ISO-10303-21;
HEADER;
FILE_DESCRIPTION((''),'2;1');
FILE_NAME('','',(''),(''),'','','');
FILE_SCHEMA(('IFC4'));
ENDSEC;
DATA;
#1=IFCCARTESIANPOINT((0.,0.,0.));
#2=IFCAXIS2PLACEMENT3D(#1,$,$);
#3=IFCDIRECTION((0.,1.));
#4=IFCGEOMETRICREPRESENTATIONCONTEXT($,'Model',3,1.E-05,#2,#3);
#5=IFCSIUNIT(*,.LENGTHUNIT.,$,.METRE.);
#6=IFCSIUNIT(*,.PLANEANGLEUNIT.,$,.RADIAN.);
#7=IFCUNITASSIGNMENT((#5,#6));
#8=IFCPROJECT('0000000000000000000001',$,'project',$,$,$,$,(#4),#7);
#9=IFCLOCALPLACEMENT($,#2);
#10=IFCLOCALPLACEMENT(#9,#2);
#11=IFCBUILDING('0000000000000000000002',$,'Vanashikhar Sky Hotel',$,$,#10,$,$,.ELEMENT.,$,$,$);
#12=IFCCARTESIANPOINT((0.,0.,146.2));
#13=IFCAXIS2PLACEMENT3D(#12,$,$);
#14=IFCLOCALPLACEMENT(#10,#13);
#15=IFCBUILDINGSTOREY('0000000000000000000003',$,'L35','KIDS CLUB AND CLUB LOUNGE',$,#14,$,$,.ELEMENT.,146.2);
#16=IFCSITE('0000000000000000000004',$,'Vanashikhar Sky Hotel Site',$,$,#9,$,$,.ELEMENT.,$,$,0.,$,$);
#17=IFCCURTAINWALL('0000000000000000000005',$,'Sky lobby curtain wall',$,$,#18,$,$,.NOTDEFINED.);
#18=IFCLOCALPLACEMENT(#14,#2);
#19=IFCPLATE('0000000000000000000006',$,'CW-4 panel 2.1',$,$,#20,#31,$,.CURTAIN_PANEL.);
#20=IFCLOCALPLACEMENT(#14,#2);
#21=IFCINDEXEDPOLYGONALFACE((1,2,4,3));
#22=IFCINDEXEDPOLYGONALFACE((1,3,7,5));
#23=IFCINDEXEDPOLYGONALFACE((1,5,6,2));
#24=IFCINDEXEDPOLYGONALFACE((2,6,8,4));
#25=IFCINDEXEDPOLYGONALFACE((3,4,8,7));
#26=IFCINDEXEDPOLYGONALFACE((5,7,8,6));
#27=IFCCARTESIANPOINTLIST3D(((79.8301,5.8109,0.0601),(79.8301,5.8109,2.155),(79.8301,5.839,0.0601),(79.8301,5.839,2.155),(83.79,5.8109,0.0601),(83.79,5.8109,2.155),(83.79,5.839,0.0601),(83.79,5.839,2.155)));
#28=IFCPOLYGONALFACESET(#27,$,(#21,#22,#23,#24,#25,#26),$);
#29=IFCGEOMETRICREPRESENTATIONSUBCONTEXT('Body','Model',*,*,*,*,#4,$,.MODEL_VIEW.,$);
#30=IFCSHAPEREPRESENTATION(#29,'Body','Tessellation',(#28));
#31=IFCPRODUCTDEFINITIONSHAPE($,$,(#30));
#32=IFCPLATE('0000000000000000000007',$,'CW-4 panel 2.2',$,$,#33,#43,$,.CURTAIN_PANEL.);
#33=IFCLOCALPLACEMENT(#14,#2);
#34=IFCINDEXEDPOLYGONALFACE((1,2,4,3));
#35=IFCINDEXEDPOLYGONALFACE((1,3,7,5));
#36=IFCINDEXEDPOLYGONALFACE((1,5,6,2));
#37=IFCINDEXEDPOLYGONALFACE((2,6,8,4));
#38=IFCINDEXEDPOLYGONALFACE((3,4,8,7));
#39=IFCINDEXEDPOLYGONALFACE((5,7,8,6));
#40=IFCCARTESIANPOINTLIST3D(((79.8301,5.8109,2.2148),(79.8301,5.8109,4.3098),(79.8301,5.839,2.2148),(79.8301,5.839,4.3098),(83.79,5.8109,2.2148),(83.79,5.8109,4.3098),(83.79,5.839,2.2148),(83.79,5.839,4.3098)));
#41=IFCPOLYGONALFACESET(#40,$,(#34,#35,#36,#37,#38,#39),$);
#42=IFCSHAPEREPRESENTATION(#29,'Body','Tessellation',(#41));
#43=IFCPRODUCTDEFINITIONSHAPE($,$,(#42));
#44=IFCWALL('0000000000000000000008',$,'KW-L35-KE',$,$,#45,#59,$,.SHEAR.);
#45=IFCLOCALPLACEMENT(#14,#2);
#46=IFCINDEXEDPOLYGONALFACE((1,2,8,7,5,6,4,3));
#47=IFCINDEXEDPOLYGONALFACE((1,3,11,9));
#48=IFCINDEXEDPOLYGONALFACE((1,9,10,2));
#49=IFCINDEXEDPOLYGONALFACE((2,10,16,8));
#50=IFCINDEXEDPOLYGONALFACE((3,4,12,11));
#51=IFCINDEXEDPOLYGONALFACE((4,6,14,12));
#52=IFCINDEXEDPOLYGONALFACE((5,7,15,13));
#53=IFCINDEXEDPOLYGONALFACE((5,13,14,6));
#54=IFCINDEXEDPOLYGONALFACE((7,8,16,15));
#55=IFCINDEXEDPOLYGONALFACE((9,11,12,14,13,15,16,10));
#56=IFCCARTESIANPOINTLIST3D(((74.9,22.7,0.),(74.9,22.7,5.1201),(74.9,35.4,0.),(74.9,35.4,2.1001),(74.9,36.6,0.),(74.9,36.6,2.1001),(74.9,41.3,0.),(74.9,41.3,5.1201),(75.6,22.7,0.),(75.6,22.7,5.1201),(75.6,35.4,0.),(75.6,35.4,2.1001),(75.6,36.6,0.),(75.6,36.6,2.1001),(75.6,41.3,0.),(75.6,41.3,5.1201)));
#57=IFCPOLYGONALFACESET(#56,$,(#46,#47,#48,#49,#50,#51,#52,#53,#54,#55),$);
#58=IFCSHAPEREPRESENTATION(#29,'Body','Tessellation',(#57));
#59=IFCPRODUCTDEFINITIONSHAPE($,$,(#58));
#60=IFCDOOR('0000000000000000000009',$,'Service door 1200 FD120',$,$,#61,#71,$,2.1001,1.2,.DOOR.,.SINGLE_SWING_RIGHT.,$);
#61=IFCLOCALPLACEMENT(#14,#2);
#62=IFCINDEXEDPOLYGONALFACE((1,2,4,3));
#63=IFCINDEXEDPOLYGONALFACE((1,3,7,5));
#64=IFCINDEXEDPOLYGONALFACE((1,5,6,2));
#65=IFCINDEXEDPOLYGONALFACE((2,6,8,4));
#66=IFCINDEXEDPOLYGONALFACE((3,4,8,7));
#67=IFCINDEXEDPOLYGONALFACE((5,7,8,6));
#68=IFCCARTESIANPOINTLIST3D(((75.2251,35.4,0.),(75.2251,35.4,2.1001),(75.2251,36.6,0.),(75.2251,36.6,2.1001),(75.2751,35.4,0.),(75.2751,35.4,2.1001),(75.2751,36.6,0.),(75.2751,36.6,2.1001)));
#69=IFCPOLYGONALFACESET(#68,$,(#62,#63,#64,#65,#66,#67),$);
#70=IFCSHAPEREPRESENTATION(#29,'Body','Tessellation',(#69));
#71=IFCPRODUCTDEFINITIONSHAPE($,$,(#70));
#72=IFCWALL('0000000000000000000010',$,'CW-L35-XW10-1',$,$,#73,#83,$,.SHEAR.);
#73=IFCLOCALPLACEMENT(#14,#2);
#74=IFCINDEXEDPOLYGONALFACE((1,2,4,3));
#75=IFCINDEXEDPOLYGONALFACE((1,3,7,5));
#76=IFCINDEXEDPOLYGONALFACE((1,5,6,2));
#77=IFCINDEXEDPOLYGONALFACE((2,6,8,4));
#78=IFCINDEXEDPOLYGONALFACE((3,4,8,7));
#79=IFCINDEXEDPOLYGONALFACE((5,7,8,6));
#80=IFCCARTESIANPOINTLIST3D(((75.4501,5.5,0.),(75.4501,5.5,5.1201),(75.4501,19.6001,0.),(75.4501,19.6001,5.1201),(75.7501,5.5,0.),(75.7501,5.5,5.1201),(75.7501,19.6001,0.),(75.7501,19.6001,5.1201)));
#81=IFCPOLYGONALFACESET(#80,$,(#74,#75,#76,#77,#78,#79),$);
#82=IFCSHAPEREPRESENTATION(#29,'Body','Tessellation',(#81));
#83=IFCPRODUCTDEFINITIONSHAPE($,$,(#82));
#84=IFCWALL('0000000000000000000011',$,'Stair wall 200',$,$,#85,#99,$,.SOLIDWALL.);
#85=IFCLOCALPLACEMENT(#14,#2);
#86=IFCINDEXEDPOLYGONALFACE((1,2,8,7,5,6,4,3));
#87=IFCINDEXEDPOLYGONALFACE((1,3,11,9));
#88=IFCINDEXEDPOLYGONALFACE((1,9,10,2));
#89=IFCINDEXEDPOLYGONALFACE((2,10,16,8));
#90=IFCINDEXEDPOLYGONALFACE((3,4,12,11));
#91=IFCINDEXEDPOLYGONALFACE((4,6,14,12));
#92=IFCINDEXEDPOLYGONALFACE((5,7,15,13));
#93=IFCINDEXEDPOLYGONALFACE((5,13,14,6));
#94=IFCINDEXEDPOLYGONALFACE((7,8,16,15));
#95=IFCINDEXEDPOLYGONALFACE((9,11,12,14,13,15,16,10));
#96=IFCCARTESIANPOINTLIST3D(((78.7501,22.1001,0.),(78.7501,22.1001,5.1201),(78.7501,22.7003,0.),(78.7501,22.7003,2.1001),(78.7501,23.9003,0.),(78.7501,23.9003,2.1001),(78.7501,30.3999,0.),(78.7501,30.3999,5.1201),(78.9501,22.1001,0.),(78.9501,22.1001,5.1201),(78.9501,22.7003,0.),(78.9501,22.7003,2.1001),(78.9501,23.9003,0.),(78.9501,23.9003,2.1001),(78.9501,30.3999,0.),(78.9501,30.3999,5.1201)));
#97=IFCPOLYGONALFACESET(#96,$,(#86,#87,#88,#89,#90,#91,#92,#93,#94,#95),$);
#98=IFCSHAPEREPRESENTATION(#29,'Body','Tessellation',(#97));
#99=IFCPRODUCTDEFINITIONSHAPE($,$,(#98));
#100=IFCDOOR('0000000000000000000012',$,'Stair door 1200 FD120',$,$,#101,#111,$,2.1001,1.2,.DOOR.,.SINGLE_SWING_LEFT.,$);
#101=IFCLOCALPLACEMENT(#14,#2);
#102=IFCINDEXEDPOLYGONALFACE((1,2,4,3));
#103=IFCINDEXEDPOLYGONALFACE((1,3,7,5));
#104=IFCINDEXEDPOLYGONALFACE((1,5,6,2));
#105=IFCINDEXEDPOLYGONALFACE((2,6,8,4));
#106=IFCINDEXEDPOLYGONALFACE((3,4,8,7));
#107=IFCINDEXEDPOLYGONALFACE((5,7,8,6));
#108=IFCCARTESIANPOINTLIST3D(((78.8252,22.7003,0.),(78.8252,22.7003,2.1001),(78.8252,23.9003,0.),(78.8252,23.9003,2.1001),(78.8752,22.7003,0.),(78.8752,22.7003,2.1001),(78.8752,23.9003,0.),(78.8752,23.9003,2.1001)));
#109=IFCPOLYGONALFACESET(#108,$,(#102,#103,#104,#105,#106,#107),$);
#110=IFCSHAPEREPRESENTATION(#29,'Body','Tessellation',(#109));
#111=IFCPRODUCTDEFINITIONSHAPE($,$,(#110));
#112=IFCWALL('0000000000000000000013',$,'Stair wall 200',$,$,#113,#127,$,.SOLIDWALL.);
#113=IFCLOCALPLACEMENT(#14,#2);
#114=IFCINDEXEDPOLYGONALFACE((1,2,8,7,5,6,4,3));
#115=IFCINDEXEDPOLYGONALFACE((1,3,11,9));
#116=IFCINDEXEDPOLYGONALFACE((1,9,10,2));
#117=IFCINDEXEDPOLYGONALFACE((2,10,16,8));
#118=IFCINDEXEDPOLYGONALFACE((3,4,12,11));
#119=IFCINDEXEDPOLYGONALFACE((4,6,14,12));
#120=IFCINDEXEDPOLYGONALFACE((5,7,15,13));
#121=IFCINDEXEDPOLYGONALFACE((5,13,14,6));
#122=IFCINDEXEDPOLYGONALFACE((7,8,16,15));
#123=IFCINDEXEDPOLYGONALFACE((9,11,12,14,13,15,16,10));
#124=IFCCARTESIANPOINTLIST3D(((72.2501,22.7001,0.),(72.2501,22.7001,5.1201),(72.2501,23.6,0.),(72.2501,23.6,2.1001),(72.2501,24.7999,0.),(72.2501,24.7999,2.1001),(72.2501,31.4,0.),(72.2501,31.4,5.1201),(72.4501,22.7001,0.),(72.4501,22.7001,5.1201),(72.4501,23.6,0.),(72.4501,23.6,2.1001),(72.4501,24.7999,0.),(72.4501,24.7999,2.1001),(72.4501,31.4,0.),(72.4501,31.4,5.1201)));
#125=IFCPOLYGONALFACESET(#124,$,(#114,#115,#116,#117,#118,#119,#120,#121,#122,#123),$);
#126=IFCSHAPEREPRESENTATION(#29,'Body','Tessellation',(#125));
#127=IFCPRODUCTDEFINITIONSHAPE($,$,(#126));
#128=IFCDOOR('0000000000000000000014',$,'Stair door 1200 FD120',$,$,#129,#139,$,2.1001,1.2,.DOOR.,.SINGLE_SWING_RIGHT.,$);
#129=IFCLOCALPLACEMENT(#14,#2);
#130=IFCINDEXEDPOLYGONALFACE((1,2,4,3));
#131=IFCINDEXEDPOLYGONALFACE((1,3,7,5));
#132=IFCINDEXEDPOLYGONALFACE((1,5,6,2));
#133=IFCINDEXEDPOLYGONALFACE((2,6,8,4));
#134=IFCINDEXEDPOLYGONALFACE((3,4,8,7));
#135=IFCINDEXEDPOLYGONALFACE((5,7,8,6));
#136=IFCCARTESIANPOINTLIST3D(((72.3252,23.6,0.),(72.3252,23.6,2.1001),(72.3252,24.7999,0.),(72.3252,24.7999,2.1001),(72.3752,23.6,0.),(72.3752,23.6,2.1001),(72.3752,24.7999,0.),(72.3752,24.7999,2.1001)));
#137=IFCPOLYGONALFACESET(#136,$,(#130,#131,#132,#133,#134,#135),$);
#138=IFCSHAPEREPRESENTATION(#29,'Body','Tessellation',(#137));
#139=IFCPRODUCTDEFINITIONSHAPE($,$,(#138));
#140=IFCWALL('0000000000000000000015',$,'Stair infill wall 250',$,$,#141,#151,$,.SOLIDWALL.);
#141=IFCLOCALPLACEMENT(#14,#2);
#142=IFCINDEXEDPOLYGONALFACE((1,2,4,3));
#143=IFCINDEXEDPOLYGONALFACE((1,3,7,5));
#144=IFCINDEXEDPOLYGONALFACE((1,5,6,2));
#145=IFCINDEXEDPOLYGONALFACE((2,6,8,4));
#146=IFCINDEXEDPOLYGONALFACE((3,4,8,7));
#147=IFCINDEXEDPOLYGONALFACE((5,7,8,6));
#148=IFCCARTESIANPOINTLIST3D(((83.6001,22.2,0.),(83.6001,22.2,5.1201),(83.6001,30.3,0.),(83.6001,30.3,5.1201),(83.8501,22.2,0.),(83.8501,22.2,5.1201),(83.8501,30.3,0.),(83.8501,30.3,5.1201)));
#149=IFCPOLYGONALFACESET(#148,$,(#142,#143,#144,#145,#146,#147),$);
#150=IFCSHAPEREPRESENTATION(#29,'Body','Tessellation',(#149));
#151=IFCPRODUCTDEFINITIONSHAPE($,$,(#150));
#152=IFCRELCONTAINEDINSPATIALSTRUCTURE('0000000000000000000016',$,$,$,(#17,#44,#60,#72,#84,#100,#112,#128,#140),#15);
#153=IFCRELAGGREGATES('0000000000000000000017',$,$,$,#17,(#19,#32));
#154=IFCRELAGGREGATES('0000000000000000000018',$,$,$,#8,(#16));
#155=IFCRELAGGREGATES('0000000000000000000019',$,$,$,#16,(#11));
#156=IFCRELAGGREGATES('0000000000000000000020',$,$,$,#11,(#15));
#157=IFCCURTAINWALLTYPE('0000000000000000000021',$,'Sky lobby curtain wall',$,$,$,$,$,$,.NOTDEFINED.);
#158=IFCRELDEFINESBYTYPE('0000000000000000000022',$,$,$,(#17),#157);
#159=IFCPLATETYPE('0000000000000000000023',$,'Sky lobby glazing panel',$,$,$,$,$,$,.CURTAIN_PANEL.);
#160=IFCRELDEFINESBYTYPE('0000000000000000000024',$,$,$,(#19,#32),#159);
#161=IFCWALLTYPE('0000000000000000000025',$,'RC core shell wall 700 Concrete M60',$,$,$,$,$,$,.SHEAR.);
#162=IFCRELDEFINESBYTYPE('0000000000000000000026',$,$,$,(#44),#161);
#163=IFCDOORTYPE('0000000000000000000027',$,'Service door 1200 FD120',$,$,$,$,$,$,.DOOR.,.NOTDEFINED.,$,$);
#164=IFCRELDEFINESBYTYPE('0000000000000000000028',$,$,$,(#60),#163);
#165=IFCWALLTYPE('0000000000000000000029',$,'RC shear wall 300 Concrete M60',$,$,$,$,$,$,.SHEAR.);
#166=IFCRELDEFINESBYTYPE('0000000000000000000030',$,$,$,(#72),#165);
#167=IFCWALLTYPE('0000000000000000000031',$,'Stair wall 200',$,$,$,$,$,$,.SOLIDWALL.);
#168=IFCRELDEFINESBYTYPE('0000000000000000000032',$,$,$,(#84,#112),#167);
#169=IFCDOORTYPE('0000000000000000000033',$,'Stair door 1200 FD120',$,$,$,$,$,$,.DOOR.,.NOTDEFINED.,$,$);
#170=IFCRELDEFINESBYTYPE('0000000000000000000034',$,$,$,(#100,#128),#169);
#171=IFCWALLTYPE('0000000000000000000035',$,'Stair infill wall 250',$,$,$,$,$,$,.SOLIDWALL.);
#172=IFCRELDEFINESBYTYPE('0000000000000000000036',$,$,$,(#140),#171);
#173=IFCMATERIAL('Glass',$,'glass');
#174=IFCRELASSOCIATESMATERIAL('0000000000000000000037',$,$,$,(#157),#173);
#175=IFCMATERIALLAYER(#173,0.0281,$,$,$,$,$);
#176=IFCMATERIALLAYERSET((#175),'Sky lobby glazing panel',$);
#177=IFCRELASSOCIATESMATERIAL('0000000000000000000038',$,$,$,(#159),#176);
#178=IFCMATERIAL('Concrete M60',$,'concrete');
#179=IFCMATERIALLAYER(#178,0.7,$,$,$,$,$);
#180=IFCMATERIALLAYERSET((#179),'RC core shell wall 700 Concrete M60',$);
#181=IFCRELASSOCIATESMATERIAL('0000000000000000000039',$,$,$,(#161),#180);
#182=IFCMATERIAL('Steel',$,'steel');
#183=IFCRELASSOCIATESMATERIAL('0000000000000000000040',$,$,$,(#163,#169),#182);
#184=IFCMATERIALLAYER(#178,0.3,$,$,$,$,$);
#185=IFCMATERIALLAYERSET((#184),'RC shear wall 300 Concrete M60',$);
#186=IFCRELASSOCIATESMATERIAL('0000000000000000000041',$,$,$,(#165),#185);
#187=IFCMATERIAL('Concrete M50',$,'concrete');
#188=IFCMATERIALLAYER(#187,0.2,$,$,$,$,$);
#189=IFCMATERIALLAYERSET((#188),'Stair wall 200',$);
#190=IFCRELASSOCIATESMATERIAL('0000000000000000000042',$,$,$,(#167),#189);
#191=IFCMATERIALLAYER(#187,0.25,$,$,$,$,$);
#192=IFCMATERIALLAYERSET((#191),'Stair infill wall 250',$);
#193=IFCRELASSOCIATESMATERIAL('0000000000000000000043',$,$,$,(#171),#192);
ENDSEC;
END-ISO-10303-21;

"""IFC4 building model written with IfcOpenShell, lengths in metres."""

from ifc_helpers import new_model, si_unit, direction, frame, frame_2d, origin, origin_2d, place, context, subcontext, project, spatial, rectangle, extrude, source, transform, mapped, material, layer, layer_set, type_object, element, fill, aggregate, save


model = new_model("IFC4")

# Units and contexts
model_context = context("Model", 3, precision=1e-05, world=origin(), true_north=direction((0.0, 1.0)))
body_context = subcontext(model_context, "Body", "Model", "MODEL_VIEW")
ifc_project = project(units=[si_unit("LENGTHUNIT", "METRE"), si_unit("PLANEANGLEUNIT", "RADIAN")], contexts=[model_context])

# Site, building, storey
site_placement = place(None, origin())
site = spatial("IfcSite", under=ifc_project, at=site_placement, Name="Vanashikhar Sky Hotel Site", CompositionType="ELEMENT", RefElevation=0.0)
building_placement = place(site_placement, origin())
building = spatial("IfcBuilding", under=site, at=building_placement, Name="Vanashikhar Sky Hotel", CompositionType="ELEMENT")
storey_placement = place(building_placement, frame((0.0, 0.0, 146.2)))
storey = spatial("IfcBuildingStorey", under=building, at=storey_placement, Name="L35", Description="KIDS CLUB AND CLUB LOUNGE", CompositionType="ELEMENT", Elevation=146.2)

# Shared definitions
ifc_material_1 = material(Name="Concrete M50", Category="concrete")

# Shared definitions
ifc_material_2 = material(Name="Glass", Category="glass")
curtain_wall_type = type_object("IfcCurtainWallType", Name="Sky lobby curtain wall", PredefinedType="NOTDEFINED", material=ifc_material_2)

# Curtain wall
curtain_wall_1_placement = place(storey_placement, origin())
curtain_wall_1 = element("IfcCurtainWall", 1, at=curtain_wall_1_placement, inside=storey, type_object=curtain_wall_type, Name="Sky lobby curtain wall", PredefinedType="NOTDEFINED")

# Plates
ifc_layer_1 = layer(ifc_material_2, 0.0281)
ifc_layer_set_1 = layer_set([ifc_layer_1], Name="Sky lobby glazing panel")
plate_type = type_object("IfcPlateType", Name="Sky lobby glazing panel", PredefinedType="CURTAIN_PANEL", material=ifc_layer_set_1)
shared_shape_1 = source(origin(), body_context, "Body", "SweptSolid", [
    extrude(rectangle(XDim=3.96, YDim=0.0281, at=origin_2d()), origin(), (0.0, 0.0, 1.0), 2.095),
])
plate_1_placement = place(storey_placement, frame((81.8101, 5.825, 0.0601), z_axis=(0.0, 0.0, 1.0), x_axis=(1.0, 0.0, 0.0)))
plate_1 = element("IfcPlate", 2, at=plate_1_placement, type_object=plate_type, Name="CW-4 panel 2.1", PredefinedType="CURTAIN_PANEL", context=body_context, shape_type="MappedRepresentation", body=[
    mapped(shared_shape_1, transform((0.0, 0.0, 0.0), scale=1.0)),
])
plate_2_placement = place(storey_placement, frame((81.8101, 5.825, 2.2148), z_axis=(0.0, 0.0, 1.0), x_axis=(1.0, 0.0, 0.0)))
plate_2 = element("IfcPlate", 3, at=plate_2_placement, type_object=plate_type, Name="CW-4 panel 2.2", PredefinedType="CURTAIN_PANEL", context=body_context, shape_type="MappedRepresentation", body=[
    mapped(shared_shape_1, transform((0.0, 0.0, 0.0), scale=1.0)),
])
aggregate(curtain_wall_1, [plate_1, plate_2])

# Wall, opening, door
ifc_material_3 = material(Name="Concrete M60", Category="concrete")
ifc_layer_2 = layer(ifc_material_3, 0.7)
ifc_layer_set_2 = layer_set([ifc_layer_2], Name="RC core shell wall 700 Concrete M60")
wall_type_1 = type_object("IfcWallType", Name="RC core shell wall 700 Concrete M60", PredefinedType="SHEAR", material=ifc_layer_set_2)
shared_shape_2 = source(origin(), body_context, "Body", "SweptSolid", [
    extrude(rectangle(XDim=18.6001, YDim=0.7, at=frame_2d((9.3, 0.0))), origin(), (0.0, 0.0, 1.0), 5.1201),
])
wall_1_placement = place(storey_placement, frame((75.25, 22.7, 0.0), z_axis=(0.0, 0.0, 1.0), x_axis=(0.0, 1.0, 0.0)))
wall_1 = element("IfcWall", 4, at=wall_1_placement, inside=storey, type_object=wall_type_1, Name="KW-L35-KE", PredefinedType="SHEAR", context=body_context, shape_type="MappedRepresentation", body=[
    mapped(shared_shape_2, transform((0.0, 0.0, 0.0), scale=1.0)),
])
shared_shape_3 = source(origin(), body_context, "Body", "SweptSolid", [
    extrude(rectangle(XDim=1.2, YDim=2.1001, at=frame_2d((0.6001, 1.05))), frame((0.0, 0.3599, 0.0), z_axis=(0.0, -1.0, 0.0), x_axis=(1.0, 0.0, 0.0)), (0.0, 0.0, 1.0), 0.72),
])
opening_1_placement = place(wall_1_placement, frame((12.7, 0.0, 0.0)))
opening_1 = element("IfcOpeningElement", 5, at=opening_1_placement, cuts=wall_1, PredefinedType="OPENING", context=body_context, shape_type="MappedRepresentation", body=[
    mapped(shared_shape_3, transform((0.0, 0.0, 0.0), scale=1.0)),
])
ifc_material_4 = material(Name="Steel", Category="steel")
door_type_1 = type_object("IfcDoorType", Name="Service door 1200 FD120", OperationType="NOTDEFINED", PredefinedType="DOOR", material=ifc_material_4)
shared_shape_4 = source(origin(), body_context, "Body", "SweptSolid", [
    extrude(rectangle(XDim=1.2, YDim=2.1001, at=frame_2d((0.6001, 1.05))), frame((0.0, 0.0249, 0.0), z_axis=(0.0, -1.0, 0.0), x_axis=(1.0, 0.0, 0.0)), (0.0, 0.0, 1.0), 0.05),
])
door_1_placement = place(opening_1_placement, origin())
door_1 = element("IfcDoor", 6, at=door_1_placement, inside=storey, type_object=door_type_1, Name="Service door 1200 FD120", OperationType="SINGLE_SWING_RIGHT", OverallHeight=2.1001, OverallWidth=1.2, PredefinedType="DOOR", context=body_context, shape_type="MappedRepresentation", body=[
    mapped(shared_shape_4, transform((0.0, 0.0, 0.0), scale=1.0)),
])
fill(opening_1, door_1)

# Wall
ifc_layer_3 = layer(ifc_material_3, 0.3)
ifc_layer_set_3 = layer_set([ifc_layer_3], Name="RC shear wall 300 Concrete M60")
wall_type_2 = type_object("IfcWallType", Name="RC shear wall 300 Concrete M60", PredefinedType="SHEAR", material=ifc_layer_set_3)
shared_shape_5 = source(origin(), body_context, "Body", "SweptSolid", [
    extrude(rectangle(XDim=14.1001, YDim=0.3, at=frame_2d((7.05, 0.0))), origin(), (0.0, 0.0, 1.0), 5.1201),
])
wall_2_placement = place(storey_placement, frame((75.6001, 5.5, 0.0), z_axis=(0.0, 0.0, 1.0), x_axis=(0.0, 1.0, 0.0)))
element("IfcWall", 7, at=wall_2_placement, inside=storey, type_object=wall_type_2, Name="CW-L35-XW10-1", PredefinedType="SHEAR", context=body_context, shape_type="MappedRepresentation", body=[
    mapped(shared_shape_5, transform((0.0, 0.0, 0.0), scale=1.0)),
])

# Walls, openings, doors
ifc_layer_4 = layer(ifc_material_1, 0.2)
ifc_layer_set_4 = layer_set([ifc_layer_4], Name="Stair wall 200")
wall_type_3 = type_object("IfcWallType", Name="Stair wall 200", PredefinedType="SOLIDWALL", material=ifc_layer_set_4)
shared_shape_6 = source(origin(), body_context, "Body", "SweptSolid", [
    extrude(rectangle(XDim=8.2998, YDim=0.2, at=frame_2d((4.1499, 0.0))), origin(), (0.0, 0.0, 1.0), 5.1201),
])
wall_3_placement = place(storey_placement, frame((78.8501, 22.1001, 0.0), z_axis=(0.0, 0.0, 1.0), x_axis=(0.0, 1.0, 0.0)))
wall_3 = element("IfcWall", 8, at=wall_3_placement, inside=storey, type_object=wall_type_3, Name="Stair wall 200", PredefinedType="SOLIDWALL", context=body_context, shape_type="MappedRepresentation", body=[
    mapped(shared_shape_6, transform((0.0, 0.0, 0.0), scale=1.0)),
])
shared_shape_7 = source(origin(), body_context, "Body", "SweptSolid", [
    extrude(rectangle(XDim=1.2, YDim=2.1001, at=frame_2d((0.6001, 1.05))), frame((0.0, 0.1099, 0.0), z_axis=(0.0, -1.0, 0.0), x_axis=(1.0, 0.0, 0.0)), (0.0, 0.0, 1.0), 0.22),
])
opening_2_placement = place(wall_3_placement, frame((0.6001, 0.0, 0.0)))
opening_2 = element("IfcOpeningElement", 9, at=opening_2_placement, cuts=wall_3, PredefinedType="OPENING", context=body_context, shape_type="MappedRepresentation", body=[
    mapped(shared_shape_7, transform((0.0, 0.0, 0.0), scale=1.0)),
])
door_type_2 = type_object("IfcDoorType", Name="Stair door 1200 FD120", OperationType="NOTDEFINED", PredefinedType="DOOR", material=ifc_material_4)
door_2_placement = place(opening_2_placement, origin())
door_2 = element("IfcDoor", 10, at=door_2_placement, inside=storey, type_object=door_type_2, Name="Stair door 1200 FD120", OperationType="SINGLE_SWING_LEFT", OverallHeight=2.1001, OverallWidth=1.2, PredefinedType="DOOR", context=body_context, shape_type="MappedRepresentation", body=[
    mapped(shared_shape_4, transform((0.0, 0.0, 0.0), scale=1.0)),
])
fill(opening_2, door_2)
shared_shape_8 = source(origin(), body_context, "Body", "SweptSolid", [
    extrude(rectangle(XDim=8.7, YDim=0.2, at=frame_2d((4.3501, 0.0))), origin(), (0.0, 0.0, 1.0), 5.1201),
])
wall_4_placement = place(storey_placement, frame((72.3501, 22.7, 0.0), z_axis=(0.0, 0.0, 1.0), x_axis=(0.0, 1.0, 0.0)))
wall_4 = element("IfcWall", 11, at=wall_4_placement, inside=storey, type_object=wall_type_3, Name="Stair wall 200", PredefinedType="SOLIDWALL", context=body_context, shape_type="MappedRepresentation", body=[
    mapped(shared_shape_8, transform((0.0, 0.0, 0.0), scale=1.0)),
])
opening_3_placement = place(wall_4_placement, frame((0.8999, 0.0, 0.0)))
opening_3 = element("IfcOpeningElement", 12, at=opening_3_placement, cuts=wall_4, PredefinedType="OPENING", context=body_context, shape_type="MappedRepresentation", body=[
    mapped(shared_shape_7, transform((0.0, 0.0, 0.0), scale=1.0)),
])
door_3_placement = place(opening_3_placement, origin())
door_3 = element("IfcDoor", 13, at=door_3_placement, inside=storey, type_object=door_type_2, Name="Stair door 1200 FD120", OperationType="SINGLE_SWING_RIGHT", OverallHeight=2.1001, OverallWidth=1.2, PredefinedType="DOOR", context=body_context, shape_type="MappedRepresentation", body=[
    mapped(shared_shape_4, transform((0.0, 0.0, 0.0), scale=1.0)),
])
fill(opening_3, door_3)

# Wall
ifc_layer_5 = layer(ifc_material_1, 0.25)
ifc_layer_set_5 = layer_set([ifc_layer_5], Name="Stair infill wall 250")
wall_type_4 = type_object("IfcWallType", Name="Stair infill wall 250", PredefinedType="SOLIDWALL", material=ifc_layer_set_5)
shared_shape_9 = source(origin(), body_context, "Body", "SweptSolid", [
    extrude(rectangle(XDim=8.1001, YDim=0.25, at=frame_2d((4.05, 0.0))), origin(), (0.0, 0.0, 1.0), 5.1201),
])
wall_5_placement = place(storey_placement, frame((83.7251, 22.2, 0.0), z_axis=(0.0, 0.0, 1.0), x_axis=(0.0, 1.0, 0.0)))
element("IfcWall", 14, at=wall_5_placement, inside=storey, type_object=wall_type_4, Name="Stair infill wall 250", PredefinedType="SOLIDWALL", context=body_context, shape_type="MappedRepresentation", body=[
    mapped(shared_shape_9, transform((0.0, 0.0, 0.0), scale=1.0)),
])

save(model, "model.ifc")
